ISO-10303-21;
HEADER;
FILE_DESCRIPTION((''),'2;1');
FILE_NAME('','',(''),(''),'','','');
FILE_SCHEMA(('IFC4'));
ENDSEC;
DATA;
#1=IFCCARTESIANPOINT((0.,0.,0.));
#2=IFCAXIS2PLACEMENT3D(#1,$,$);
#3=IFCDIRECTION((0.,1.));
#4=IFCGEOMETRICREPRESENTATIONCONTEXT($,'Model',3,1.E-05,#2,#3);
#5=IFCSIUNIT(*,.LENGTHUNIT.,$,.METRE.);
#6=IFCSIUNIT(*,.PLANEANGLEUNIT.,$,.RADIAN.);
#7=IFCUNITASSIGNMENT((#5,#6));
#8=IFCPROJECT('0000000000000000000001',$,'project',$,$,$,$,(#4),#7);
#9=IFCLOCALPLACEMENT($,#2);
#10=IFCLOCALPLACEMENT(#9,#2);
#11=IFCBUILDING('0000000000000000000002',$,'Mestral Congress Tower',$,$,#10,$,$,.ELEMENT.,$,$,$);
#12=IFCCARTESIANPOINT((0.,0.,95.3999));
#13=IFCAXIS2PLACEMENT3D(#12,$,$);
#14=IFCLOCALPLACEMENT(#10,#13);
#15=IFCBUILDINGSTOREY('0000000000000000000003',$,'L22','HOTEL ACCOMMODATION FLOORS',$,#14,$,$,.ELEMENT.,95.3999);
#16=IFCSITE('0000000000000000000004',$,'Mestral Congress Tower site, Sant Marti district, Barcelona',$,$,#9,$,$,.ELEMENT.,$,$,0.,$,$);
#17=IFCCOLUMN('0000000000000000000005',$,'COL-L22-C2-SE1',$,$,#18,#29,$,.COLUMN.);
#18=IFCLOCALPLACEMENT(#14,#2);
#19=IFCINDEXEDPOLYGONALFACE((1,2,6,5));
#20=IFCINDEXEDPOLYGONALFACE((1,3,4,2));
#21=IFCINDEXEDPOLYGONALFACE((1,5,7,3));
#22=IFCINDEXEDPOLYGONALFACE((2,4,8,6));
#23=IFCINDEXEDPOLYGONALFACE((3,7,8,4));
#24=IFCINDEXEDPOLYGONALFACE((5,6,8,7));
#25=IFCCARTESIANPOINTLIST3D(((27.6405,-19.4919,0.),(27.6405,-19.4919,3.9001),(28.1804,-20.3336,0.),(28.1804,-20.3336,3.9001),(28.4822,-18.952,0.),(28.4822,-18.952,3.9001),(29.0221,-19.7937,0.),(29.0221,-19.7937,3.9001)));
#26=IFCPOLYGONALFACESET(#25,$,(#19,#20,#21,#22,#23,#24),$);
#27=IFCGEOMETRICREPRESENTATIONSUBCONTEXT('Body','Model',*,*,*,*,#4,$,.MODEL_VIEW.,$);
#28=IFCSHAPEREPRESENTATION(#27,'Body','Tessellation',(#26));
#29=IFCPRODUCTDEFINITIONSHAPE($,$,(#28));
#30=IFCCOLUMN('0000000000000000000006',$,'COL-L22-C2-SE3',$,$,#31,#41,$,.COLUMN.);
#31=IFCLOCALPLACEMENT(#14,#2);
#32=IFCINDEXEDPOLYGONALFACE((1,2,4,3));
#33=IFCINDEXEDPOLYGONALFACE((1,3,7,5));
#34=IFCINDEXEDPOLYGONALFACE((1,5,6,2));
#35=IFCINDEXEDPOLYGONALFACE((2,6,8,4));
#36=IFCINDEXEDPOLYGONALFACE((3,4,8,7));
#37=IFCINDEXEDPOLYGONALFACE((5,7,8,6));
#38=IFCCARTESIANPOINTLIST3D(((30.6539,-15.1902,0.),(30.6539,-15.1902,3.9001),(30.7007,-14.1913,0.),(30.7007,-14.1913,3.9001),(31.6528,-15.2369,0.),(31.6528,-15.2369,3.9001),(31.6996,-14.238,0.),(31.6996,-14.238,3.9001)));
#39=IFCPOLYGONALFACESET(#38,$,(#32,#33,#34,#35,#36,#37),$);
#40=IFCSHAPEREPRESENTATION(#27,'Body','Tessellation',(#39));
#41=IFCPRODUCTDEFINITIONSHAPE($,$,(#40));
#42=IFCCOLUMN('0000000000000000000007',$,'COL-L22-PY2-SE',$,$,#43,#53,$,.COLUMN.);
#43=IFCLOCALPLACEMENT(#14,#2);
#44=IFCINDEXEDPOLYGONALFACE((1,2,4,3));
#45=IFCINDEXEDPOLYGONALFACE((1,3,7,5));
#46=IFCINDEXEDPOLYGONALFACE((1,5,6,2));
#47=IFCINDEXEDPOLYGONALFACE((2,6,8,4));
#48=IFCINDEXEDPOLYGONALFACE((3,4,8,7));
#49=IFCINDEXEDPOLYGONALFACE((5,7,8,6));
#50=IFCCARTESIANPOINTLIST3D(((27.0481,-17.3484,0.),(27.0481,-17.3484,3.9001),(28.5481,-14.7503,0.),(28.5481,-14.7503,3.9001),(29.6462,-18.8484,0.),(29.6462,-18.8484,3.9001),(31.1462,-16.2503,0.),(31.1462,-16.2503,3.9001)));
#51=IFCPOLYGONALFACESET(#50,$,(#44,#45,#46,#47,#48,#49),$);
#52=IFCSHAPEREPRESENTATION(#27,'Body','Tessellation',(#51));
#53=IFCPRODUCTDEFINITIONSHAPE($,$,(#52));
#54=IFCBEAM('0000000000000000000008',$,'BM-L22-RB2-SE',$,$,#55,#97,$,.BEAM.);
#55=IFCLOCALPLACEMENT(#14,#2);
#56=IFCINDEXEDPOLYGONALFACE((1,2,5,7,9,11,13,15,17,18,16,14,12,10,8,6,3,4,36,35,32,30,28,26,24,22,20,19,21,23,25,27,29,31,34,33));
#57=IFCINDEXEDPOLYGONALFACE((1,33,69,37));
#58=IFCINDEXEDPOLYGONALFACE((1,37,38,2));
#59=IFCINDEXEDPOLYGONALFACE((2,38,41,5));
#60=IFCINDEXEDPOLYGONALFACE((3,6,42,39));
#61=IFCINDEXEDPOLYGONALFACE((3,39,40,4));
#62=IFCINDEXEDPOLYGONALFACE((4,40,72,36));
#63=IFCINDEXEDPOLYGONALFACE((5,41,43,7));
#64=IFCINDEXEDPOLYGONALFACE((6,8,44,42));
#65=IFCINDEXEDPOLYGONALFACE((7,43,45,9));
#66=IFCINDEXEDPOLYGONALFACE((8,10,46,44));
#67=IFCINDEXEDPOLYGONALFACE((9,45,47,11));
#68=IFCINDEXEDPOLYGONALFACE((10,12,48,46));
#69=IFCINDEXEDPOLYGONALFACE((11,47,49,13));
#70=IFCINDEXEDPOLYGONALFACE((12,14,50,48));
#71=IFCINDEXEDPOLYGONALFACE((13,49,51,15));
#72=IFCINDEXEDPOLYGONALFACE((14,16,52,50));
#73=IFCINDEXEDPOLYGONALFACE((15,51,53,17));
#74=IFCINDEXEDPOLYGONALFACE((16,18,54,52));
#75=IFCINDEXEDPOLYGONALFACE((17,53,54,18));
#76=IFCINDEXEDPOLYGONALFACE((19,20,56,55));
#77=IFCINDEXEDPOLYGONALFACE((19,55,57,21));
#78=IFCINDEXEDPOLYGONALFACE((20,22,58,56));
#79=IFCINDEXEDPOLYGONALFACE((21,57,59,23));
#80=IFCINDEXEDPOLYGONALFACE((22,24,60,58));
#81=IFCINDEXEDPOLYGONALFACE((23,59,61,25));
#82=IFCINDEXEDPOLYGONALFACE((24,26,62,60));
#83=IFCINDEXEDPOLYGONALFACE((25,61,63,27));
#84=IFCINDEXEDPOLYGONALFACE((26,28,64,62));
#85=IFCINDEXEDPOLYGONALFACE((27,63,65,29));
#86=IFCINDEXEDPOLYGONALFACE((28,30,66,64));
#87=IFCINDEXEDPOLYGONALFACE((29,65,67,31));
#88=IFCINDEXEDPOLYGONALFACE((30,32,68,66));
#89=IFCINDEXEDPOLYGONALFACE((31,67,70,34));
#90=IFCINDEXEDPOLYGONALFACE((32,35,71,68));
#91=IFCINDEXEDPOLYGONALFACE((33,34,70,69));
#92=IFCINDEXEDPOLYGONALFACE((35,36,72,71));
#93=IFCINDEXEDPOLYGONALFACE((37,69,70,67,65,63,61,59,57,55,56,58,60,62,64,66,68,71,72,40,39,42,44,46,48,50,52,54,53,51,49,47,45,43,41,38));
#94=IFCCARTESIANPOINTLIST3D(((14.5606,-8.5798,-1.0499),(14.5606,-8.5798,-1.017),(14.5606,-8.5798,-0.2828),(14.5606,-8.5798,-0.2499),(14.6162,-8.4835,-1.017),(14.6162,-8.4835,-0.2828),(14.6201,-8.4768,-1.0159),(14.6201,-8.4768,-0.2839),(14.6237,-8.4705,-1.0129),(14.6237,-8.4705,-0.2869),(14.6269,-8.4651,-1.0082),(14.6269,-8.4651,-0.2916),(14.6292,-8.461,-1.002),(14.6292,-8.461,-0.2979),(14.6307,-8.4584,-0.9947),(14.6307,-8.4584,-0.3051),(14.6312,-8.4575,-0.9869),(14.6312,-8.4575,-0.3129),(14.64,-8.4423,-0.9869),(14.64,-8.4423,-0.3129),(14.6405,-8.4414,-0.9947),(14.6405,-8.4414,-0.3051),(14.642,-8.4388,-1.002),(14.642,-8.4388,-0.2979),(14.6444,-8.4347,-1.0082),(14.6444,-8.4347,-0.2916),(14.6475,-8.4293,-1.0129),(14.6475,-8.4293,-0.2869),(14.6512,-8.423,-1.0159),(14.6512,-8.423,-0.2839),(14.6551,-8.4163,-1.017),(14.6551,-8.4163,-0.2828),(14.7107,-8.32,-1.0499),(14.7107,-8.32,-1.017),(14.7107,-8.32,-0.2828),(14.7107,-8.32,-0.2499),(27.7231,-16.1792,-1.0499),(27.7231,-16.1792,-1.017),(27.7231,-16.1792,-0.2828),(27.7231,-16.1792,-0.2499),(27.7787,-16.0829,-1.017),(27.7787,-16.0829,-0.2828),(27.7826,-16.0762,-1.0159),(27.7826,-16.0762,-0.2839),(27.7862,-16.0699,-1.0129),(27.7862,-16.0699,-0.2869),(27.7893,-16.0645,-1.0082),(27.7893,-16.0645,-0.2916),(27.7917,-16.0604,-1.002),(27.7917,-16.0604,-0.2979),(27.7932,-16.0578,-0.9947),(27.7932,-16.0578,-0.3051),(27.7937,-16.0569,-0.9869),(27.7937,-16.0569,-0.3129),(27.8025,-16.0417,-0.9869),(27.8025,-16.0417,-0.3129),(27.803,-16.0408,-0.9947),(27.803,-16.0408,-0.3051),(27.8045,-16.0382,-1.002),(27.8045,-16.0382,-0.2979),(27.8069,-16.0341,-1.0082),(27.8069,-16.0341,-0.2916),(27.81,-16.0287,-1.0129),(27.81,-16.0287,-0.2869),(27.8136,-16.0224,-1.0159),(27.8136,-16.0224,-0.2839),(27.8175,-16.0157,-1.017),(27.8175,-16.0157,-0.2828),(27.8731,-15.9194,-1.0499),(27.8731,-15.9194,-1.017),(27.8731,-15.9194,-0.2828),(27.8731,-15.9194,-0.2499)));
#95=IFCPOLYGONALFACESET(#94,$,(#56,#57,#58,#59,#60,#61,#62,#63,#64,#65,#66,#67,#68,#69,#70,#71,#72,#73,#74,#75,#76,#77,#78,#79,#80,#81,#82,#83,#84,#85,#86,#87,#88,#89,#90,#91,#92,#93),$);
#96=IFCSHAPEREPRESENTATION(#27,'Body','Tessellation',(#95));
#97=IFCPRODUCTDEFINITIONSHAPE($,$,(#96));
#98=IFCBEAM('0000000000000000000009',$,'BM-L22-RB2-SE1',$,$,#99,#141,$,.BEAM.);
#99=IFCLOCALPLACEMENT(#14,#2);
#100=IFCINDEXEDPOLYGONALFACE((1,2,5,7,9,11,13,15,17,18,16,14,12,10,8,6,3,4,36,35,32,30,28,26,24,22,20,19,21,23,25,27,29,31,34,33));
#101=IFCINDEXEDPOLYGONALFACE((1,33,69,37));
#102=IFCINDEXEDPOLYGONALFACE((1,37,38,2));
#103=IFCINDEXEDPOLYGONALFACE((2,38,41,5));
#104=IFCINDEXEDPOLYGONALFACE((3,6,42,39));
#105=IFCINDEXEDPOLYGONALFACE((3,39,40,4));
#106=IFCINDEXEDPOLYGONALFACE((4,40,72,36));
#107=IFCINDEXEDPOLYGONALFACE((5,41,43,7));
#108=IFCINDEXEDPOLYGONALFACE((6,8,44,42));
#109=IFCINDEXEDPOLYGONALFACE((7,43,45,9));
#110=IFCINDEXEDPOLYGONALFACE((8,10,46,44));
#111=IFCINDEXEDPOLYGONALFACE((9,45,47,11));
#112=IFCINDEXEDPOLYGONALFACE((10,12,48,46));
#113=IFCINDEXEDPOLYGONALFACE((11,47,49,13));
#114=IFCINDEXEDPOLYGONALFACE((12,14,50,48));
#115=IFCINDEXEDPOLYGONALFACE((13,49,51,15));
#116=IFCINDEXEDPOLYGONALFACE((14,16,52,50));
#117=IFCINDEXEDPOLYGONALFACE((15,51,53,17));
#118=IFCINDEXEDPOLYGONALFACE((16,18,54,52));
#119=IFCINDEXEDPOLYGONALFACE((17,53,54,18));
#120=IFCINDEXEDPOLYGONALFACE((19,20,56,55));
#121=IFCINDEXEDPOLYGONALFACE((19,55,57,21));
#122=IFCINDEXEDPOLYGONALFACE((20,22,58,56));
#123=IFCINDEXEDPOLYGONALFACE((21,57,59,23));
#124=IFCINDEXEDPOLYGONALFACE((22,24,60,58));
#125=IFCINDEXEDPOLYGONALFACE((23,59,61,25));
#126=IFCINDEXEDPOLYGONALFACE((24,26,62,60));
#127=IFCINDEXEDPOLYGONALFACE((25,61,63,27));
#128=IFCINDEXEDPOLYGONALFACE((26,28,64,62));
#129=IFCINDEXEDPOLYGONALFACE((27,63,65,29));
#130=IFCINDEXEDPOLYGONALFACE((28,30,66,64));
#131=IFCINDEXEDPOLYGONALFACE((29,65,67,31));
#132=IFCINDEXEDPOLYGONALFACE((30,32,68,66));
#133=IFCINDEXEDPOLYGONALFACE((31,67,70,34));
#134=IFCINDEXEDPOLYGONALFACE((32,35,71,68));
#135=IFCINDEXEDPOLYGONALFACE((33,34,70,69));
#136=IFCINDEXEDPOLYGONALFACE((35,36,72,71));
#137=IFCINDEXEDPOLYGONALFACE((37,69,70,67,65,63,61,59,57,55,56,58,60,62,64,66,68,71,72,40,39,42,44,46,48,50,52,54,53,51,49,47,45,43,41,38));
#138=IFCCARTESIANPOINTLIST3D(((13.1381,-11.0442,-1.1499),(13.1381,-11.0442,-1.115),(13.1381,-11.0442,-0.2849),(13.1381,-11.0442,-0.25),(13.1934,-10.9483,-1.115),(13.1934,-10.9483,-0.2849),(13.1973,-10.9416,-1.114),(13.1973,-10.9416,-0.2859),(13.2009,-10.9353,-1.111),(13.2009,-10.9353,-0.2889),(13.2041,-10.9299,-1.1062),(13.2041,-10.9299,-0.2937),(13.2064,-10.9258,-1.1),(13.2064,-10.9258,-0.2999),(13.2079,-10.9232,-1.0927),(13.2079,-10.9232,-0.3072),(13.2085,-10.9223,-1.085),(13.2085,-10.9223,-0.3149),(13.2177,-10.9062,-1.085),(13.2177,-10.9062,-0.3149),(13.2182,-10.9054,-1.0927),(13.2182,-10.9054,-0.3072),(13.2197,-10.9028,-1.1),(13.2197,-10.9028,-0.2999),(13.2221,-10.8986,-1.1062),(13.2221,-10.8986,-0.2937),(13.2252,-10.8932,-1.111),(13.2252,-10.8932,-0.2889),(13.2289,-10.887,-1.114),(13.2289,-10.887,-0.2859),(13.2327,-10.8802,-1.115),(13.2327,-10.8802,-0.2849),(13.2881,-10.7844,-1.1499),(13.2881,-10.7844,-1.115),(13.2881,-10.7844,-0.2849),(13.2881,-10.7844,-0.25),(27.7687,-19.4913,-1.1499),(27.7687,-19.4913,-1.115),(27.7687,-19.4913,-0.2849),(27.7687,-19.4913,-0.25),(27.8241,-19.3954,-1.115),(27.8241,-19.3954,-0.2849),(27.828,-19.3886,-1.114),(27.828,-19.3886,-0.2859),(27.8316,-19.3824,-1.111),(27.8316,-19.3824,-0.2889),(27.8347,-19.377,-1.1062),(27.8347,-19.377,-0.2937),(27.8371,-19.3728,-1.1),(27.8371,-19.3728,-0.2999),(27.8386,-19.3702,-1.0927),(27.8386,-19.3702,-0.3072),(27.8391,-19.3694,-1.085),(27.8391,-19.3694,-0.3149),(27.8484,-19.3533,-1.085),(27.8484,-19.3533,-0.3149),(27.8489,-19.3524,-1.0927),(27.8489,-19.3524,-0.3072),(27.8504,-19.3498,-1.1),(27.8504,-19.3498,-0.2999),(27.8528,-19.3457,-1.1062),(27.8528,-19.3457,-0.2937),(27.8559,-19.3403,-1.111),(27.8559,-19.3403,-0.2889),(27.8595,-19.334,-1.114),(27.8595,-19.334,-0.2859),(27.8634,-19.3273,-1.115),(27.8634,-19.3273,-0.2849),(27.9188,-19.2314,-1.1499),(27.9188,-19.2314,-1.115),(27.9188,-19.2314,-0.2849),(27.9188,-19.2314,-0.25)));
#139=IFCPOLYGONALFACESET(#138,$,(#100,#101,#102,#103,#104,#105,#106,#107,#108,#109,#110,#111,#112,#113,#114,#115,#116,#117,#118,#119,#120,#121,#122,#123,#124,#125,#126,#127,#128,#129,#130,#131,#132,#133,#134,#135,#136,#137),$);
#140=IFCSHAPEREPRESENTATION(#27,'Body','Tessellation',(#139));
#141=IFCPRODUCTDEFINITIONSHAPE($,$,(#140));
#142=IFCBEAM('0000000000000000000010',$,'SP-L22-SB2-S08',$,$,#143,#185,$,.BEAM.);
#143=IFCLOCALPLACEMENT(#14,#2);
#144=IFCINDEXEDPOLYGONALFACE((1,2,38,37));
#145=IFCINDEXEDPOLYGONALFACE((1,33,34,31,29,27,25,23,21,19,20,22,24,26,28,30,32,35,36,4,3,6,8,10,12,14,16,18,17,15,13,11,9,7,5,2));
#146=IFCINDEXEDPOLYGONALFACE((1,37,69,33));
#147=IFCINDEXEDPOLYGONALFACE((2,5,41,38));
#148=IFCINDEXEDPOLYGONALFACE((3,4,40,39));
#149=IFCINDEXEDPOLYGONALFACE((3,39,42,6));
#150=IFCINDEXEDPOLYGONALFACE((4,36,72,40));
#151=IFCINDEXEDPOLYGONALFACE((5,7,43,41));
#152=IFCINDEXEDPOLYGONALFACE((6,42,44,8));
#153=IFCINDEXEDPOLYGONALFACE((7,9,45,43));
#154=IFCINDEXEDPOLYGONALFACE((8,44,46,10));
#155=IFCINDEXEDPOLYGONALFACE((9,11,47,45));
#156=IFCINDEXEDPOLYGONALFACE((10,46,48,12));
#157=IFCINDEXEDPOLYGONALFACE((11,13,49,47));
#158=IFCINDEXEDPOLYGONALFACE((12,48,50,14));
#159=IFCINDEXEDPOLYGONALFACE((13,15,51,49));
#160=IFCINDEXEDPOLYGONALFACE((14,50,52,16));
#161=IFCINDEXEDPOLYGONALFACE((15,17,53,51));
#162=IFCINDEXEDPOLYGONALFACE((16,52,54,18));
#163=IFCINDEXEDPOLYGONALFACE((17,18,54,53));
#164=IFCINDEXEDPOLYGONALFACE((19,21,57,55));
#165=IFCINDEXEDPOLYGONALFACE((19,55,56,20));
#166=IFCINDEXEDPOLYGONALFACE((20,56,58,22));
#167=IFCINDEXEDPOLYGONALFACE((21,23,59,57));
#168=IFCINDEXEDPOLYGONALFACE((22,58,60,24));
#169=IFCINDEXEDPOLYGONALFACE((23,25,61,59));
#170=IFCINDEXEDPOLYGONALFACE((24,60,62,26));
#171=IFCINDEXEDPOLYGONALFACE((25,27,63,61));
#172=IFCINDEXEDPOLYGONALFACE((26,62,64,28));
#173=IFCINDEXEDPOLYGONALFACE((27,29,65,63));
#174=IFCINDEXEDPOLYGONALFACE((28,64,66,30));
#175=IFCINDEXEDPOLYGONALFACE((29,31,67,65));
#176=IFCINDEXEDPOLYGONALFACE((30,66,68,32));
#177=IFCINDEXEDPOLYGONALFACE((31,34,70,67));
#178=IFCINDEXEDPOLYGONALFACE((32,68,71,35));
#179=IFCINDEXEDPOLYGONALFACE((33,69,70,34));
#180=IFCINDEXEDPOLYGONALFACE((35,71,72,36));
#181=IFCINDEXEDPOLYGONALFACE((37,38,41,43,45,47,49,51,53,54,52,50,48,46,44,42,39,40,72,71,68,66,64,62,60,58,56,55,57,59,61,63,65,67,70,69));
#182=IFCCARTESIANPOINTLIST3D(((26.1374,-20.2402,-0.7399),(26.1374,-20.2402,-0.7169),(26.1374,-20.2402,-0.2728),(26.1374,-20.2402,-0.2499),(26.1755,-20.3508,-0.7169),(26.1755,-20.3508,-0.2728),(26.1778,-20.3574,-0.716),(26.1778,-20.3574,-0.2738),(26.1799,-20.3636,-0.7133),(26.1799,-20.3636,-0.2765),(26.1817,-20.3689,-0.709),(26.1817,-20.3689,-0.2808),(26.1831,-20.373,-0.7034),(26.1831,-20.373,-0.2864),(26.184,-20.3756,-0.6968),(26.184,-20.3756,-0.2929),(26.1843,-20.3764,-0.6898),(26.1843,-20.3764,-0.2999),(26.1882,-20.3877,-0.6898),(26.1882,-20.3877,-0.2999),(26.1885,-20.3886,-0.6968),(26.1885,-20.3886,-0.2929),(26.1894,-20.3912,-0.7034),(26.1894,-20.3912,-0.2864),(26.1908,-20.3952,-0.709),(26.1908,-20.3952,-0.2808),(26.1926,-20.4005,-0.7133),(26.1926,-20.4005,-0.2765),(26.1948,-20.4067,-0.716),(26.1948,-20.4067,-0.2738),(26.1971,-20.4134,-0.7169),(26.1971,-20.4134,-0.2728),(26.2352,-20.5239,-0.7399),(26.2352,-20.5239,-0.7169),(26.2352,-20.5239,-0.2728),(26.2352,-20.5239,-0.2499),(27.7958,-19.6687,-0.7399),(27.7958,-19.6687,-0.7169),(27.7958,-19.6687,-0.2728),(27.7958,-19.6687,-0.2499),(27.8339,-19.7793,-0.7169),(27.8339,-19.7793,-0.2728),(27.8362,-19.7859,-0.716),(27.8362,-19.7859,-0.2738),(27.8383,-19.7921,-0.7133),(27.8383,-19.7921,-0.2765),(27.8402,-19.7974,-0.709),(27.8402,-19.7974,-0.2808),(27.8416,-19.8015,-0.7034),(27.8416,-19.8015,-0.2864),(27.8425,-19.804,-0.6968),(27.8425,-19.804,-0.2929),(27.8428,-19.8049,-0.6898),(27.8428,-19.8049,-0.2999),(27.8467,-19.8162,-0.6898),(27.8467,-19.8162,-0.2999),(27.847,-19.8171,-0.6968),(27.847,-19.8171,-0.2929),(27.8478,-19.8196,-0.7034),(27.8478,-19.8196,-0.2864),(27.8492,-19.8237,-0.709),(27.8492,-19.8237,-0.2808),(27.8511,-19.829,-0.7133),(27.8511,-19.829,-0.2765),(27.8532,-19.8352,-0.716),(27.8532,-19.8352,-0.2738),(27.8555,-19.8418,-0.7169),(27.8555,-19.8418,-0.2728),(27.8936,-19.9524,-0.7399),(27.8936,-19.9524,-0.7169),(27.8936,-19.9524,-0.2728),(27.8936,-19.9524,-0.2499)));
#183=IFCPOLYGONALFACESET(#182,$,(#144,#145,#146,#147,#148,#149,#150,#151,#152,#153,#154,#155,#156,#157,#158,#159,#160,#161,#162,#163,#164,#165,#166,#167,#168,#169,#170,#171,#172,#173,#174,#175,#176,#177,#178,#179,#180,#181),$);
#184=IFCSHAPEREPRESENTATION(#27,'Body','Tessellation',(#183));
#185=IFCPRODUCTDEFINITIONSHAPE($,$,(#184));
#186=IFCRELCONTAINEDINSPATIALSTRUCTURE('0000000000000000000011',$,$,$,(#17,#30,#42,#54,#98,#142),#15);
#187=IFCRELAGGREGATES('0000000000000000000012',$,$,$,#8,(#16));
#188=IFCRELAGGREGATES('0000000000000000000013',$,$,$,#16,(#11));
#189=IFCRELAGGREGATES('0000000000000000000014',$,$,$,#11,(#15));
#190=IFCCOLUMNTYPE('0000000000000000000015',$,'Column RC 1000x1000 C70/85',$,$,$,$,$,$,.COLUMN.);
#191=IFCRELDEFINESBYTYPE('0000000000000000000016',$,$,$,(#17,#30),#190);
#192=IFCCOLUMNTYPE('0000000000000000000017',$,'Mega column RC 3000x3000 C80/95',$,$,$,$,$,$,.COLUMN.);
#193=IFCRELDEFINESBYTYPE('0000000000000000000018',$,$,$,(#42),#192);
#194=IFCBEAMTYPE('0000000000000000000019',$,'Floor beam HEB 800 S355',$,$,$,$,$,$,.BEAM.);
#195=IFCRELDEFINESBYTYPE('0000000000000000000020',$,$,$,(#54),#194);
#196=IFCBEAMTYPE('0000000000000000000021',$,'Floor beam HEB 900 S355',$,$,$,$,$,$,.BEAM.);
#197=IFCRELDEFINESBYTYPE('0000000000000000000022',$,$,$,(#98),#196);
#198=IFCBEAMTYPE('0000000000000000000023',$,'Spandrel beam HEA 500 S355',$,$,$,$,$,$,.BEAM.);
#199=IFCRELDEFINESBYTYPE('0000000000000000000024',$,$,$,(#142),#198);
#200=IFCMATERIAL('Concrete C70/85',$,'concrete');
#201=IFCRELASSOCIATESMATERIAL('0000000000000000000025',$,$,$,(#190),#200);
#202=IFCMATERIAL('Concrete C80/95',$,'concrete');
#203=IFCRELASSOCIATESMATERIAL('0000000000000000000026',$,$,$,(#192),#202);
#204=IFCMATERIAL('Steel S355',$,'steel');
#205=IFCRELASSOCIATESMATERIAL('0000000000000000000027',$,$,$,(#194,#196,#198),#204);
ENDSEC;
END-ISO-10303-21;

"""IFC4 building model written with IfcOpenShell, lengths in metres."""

from ifc_helpers import new_model, si_unit, direction, frame, origin, origin_2d, place, context, subcontext, project, spatial, rectangle, i_section, extrude, material, material_profile, profile_set, type_object, element, save


model = new_model("IFC4")

# Units and contexts
model_context = context("Model", 3, precision=1e-05, world=origin(), true_north=direction((0.0, 1.0)))
body_context = subcontext(model_context, "Body", "Model", "MODEL_VIEW")
ifc_project = project(units=[si_unit("LENGTHUNIT", "METRE"), si_unit("PLANEANGLEUNIT", "RADIAN")], contexts=[model_context])

# Site, building, storey
site_placement = place(None, origin())
site = spatial("IfcSite", under=ifc_project, at=site_placement, Name="Mestral Congress Tower site, Sant Marti district, Barcelona", CompositionType="ELEMENT", RefElevation=0.0)
building_placement = place(site_placement, origin())
building = spatial("IfcBuilding", under=site, at=building_placement, Name="Mestral Congress Tower", CompositionType="ELEMENT")
storey_placement = place(building_placement, frame((0.0, 0.0, 95.3999)))
storey = spatial("IfcBuildingStorey", under=building, at=storey_placement, Name="L22", Description="HOTEL ACCOMMODATION FLOORS", CompositionType="ELEMENT", Elevation=95.3999)

# Columns
ifc_material_1 = material(Name="Concrete C70/85", Category="concrete")
ifc_material_profile_1 = material_profile(ifc_material_1, rectangle(XDim=1.0, YDim=1.0, at=origin_2d()), Name="RC 1000x1000")
ifc_profile_set_1 = profile_set([ifc_material_profile_1], Name="Concrete C70/85")
column_type_1 = type_object("IfcColumnType", Name="Column RC 1000x1000 C70/85", PredefinedType="COLUMN", material=ifc_profile_set_1)
for number, where, z_axis, x_axis, name in (
    (1, (28.3313, -19.6428, 0.0), (0.0, 0.0, 1.0), (0.8417, 0.539945, 0.0), "COL-L22-C2-SE1"),
    (2, (31.1768, -14.7141, 0.0), (0.0, 0.0, 1.0), (0.046756, 0.998906, 0.0), "COL-L22-C2-SE3"),
):
    element("IfcColumn", number, at=place(storey_placement, frame(where, z_axis=z_axis, x_axis=x_axis)), inside=storey, type_object=column_type_1, Name=name, PredefinedType="COLUMN", context=body_context, shape_type="SweptSolid", body=[
        extrude(rectangle(XDim=1.0, YDim=1.0, at=origin_2d()), origin(), (0.0, 0.0, 1.0), 3.9001),
    ])
ifc_material_2 = material(Name="Concrete C80/95", Category="concrete")
ifc_material_profile_2 = material_profile(ifc_material_2, rectangle(XDim=3.0, YDim=3.0, at=origin_2d()), Name="RC 3000x3000")
ifc_profile_set_2 = profile_set([ifc_material_profile_2], Name="Concrete C80/95")
column_type_2 = type_object("IfcColumnType", Name="Mega column RC 3000x3000 C80/95", PredefinedType="COLUMN", material=ifc_profile_set_2)
column_placement = place(storey_placement, frame((29.0972, -16.7993, 0.0), z_axis=(0.0, 0.0, 1.0), x_axis=(0.866025, -0.5, 0.0)))
element("IfcColumn", 3, at=column_placement, inside=storey, type_object=column_type_2, Name="COL-L22-PY2-SE", PredefinedType="COLUMN", context=body_context, shape_type="SweptSolid", body=[
    extrude(rectangle(XDim=3.0, YDim=3.0, at=origin_2d()), origin(), (0.0, 0.0, 1.0), 3.9001),
])

# Beams
ifc_material_3 = material(Name="Steel S355", Category="steel")
ifc_material_profile_3 = material_profile(ifc_material_3, i_section(OverallWidth=0.3, OverallDepth=0.8, WebThickness=0.0176, FlangeThickness=0.033, FilletRadius=0.03, at=origin_2d()), Name="HEB 800")
ifc_profile_set_3 = profile_set([ifc_material_profile_3], Name="Steel S355")
beam_type_1 = type_object("IfcBeamType", Name="Floor beam HEB 800 S355", PredefinedType="BEAM", material=ifc_profile_set_3)
beam_1_placement = place(storey_placement, frame((27.7981, -16.0493, -0.6499), z_axis=(-0.866023, 0.500004, 0.0), x_axis=(-0.500004, -0.866023, 0.0)))
element("IfcBeam", 4, at=beam_1_placement, inside=storey, type_object=beam_type_1, Name="BM-L22-RB2-SE", PredefinedType="BEAM", context=body_context, shape_type="SweptSolid", body=[
    extrude(i_section(OverallWidth=0.3, OverallDepth=0.8, WebThickness=0.0176, FlangeThickness=0.033, FilletRadius=0.03, at=origin_2d()), origin(), (0.0, 0.0, 1.0), 15.1987),
])
ifc_material_profile_4 = material_profile(ifc_material_3, i_section(OverallWidth=0.3, OverallDepth=0.8999, WebThickness=0.0186, FlangeThickness=0.0349, FilletRadius=0.03, at=origin_2d()), Name="HEB 900")
ifc_profile_set_4 = profile_set([ifc_material_profile_4], Name="Steel S355")
beam_type_2 = type_object("IfcBeamType", Name="Floor beam HEB 900 S355", PredefinedType="BEAM", material=ifc_profile_set_4)
beam_2_placement = place(storey_placement, frame((27.8438, -19.3613, -0.7), z_axis=(-0.866025, 0.500001, 0.0), x_axis=(-0.500001, -0.866025, 0.0)))
element("IfcBeam", 5, at=beam_2_placement, inside=storey, type_object=beam_type_2, Name="BM-L22-RB2-SE1", PredefinedType="BEAM", context=body_context, shape_type="SweptSolid", body=[
    extrude(i_section(OverallWidth=0.3, OverallDepth=0.8999, WebThickness=0.0186, FlangeThickness=0.0349, FilletRadius=0.03, at=origin_2d()), origin(), (0.0, 0.0, 1.0), 16.894),
])
ifc_material_profile_5 = material_profile(ifc_material_3, i_section(OverallWidth=0.3, OverallDepth=0.49, WebThickness=0.012, FlangeThickness=0.0229, FilletRadius=0.0271, at=origin_2d()), Name="HEA 500")
ifc_profile_set_5 = profile_set([ifc_material_profile_5], Name="Steel S355")
beam_type_3 = type_object("IfcBeamType", Name="Spandrel beam HEA 500 S355", PredefinedType="BEAM", material=ifc_profile_set_5)
beam_3_placement = place(storey_placement, frame((26.1863, -20.3821, -0.4949), z_axis=(0.945434, 0.325815, 0.0), x_axis=(-0.325815, 0.945434, 0.0)))
element("IfcBeam", 6, at=beam_3_placement, inside=storey, type_object=beam_type_3, Name="SP-L22-SB2-S08", PredefinedType="BEAM", context=body_context, shape_type="SweptSolid", body=[
    extrude(i_section(OverallWidth=0.3, OverallDepth=0.49, WebThickness=0.012, FlangeThickness=0.0229, FilletRadius=0.0271, at=origin_2d()), origin(), (0.0, 0.0, 1.0), 1.7542),
])

save(model, "model.ifc")
